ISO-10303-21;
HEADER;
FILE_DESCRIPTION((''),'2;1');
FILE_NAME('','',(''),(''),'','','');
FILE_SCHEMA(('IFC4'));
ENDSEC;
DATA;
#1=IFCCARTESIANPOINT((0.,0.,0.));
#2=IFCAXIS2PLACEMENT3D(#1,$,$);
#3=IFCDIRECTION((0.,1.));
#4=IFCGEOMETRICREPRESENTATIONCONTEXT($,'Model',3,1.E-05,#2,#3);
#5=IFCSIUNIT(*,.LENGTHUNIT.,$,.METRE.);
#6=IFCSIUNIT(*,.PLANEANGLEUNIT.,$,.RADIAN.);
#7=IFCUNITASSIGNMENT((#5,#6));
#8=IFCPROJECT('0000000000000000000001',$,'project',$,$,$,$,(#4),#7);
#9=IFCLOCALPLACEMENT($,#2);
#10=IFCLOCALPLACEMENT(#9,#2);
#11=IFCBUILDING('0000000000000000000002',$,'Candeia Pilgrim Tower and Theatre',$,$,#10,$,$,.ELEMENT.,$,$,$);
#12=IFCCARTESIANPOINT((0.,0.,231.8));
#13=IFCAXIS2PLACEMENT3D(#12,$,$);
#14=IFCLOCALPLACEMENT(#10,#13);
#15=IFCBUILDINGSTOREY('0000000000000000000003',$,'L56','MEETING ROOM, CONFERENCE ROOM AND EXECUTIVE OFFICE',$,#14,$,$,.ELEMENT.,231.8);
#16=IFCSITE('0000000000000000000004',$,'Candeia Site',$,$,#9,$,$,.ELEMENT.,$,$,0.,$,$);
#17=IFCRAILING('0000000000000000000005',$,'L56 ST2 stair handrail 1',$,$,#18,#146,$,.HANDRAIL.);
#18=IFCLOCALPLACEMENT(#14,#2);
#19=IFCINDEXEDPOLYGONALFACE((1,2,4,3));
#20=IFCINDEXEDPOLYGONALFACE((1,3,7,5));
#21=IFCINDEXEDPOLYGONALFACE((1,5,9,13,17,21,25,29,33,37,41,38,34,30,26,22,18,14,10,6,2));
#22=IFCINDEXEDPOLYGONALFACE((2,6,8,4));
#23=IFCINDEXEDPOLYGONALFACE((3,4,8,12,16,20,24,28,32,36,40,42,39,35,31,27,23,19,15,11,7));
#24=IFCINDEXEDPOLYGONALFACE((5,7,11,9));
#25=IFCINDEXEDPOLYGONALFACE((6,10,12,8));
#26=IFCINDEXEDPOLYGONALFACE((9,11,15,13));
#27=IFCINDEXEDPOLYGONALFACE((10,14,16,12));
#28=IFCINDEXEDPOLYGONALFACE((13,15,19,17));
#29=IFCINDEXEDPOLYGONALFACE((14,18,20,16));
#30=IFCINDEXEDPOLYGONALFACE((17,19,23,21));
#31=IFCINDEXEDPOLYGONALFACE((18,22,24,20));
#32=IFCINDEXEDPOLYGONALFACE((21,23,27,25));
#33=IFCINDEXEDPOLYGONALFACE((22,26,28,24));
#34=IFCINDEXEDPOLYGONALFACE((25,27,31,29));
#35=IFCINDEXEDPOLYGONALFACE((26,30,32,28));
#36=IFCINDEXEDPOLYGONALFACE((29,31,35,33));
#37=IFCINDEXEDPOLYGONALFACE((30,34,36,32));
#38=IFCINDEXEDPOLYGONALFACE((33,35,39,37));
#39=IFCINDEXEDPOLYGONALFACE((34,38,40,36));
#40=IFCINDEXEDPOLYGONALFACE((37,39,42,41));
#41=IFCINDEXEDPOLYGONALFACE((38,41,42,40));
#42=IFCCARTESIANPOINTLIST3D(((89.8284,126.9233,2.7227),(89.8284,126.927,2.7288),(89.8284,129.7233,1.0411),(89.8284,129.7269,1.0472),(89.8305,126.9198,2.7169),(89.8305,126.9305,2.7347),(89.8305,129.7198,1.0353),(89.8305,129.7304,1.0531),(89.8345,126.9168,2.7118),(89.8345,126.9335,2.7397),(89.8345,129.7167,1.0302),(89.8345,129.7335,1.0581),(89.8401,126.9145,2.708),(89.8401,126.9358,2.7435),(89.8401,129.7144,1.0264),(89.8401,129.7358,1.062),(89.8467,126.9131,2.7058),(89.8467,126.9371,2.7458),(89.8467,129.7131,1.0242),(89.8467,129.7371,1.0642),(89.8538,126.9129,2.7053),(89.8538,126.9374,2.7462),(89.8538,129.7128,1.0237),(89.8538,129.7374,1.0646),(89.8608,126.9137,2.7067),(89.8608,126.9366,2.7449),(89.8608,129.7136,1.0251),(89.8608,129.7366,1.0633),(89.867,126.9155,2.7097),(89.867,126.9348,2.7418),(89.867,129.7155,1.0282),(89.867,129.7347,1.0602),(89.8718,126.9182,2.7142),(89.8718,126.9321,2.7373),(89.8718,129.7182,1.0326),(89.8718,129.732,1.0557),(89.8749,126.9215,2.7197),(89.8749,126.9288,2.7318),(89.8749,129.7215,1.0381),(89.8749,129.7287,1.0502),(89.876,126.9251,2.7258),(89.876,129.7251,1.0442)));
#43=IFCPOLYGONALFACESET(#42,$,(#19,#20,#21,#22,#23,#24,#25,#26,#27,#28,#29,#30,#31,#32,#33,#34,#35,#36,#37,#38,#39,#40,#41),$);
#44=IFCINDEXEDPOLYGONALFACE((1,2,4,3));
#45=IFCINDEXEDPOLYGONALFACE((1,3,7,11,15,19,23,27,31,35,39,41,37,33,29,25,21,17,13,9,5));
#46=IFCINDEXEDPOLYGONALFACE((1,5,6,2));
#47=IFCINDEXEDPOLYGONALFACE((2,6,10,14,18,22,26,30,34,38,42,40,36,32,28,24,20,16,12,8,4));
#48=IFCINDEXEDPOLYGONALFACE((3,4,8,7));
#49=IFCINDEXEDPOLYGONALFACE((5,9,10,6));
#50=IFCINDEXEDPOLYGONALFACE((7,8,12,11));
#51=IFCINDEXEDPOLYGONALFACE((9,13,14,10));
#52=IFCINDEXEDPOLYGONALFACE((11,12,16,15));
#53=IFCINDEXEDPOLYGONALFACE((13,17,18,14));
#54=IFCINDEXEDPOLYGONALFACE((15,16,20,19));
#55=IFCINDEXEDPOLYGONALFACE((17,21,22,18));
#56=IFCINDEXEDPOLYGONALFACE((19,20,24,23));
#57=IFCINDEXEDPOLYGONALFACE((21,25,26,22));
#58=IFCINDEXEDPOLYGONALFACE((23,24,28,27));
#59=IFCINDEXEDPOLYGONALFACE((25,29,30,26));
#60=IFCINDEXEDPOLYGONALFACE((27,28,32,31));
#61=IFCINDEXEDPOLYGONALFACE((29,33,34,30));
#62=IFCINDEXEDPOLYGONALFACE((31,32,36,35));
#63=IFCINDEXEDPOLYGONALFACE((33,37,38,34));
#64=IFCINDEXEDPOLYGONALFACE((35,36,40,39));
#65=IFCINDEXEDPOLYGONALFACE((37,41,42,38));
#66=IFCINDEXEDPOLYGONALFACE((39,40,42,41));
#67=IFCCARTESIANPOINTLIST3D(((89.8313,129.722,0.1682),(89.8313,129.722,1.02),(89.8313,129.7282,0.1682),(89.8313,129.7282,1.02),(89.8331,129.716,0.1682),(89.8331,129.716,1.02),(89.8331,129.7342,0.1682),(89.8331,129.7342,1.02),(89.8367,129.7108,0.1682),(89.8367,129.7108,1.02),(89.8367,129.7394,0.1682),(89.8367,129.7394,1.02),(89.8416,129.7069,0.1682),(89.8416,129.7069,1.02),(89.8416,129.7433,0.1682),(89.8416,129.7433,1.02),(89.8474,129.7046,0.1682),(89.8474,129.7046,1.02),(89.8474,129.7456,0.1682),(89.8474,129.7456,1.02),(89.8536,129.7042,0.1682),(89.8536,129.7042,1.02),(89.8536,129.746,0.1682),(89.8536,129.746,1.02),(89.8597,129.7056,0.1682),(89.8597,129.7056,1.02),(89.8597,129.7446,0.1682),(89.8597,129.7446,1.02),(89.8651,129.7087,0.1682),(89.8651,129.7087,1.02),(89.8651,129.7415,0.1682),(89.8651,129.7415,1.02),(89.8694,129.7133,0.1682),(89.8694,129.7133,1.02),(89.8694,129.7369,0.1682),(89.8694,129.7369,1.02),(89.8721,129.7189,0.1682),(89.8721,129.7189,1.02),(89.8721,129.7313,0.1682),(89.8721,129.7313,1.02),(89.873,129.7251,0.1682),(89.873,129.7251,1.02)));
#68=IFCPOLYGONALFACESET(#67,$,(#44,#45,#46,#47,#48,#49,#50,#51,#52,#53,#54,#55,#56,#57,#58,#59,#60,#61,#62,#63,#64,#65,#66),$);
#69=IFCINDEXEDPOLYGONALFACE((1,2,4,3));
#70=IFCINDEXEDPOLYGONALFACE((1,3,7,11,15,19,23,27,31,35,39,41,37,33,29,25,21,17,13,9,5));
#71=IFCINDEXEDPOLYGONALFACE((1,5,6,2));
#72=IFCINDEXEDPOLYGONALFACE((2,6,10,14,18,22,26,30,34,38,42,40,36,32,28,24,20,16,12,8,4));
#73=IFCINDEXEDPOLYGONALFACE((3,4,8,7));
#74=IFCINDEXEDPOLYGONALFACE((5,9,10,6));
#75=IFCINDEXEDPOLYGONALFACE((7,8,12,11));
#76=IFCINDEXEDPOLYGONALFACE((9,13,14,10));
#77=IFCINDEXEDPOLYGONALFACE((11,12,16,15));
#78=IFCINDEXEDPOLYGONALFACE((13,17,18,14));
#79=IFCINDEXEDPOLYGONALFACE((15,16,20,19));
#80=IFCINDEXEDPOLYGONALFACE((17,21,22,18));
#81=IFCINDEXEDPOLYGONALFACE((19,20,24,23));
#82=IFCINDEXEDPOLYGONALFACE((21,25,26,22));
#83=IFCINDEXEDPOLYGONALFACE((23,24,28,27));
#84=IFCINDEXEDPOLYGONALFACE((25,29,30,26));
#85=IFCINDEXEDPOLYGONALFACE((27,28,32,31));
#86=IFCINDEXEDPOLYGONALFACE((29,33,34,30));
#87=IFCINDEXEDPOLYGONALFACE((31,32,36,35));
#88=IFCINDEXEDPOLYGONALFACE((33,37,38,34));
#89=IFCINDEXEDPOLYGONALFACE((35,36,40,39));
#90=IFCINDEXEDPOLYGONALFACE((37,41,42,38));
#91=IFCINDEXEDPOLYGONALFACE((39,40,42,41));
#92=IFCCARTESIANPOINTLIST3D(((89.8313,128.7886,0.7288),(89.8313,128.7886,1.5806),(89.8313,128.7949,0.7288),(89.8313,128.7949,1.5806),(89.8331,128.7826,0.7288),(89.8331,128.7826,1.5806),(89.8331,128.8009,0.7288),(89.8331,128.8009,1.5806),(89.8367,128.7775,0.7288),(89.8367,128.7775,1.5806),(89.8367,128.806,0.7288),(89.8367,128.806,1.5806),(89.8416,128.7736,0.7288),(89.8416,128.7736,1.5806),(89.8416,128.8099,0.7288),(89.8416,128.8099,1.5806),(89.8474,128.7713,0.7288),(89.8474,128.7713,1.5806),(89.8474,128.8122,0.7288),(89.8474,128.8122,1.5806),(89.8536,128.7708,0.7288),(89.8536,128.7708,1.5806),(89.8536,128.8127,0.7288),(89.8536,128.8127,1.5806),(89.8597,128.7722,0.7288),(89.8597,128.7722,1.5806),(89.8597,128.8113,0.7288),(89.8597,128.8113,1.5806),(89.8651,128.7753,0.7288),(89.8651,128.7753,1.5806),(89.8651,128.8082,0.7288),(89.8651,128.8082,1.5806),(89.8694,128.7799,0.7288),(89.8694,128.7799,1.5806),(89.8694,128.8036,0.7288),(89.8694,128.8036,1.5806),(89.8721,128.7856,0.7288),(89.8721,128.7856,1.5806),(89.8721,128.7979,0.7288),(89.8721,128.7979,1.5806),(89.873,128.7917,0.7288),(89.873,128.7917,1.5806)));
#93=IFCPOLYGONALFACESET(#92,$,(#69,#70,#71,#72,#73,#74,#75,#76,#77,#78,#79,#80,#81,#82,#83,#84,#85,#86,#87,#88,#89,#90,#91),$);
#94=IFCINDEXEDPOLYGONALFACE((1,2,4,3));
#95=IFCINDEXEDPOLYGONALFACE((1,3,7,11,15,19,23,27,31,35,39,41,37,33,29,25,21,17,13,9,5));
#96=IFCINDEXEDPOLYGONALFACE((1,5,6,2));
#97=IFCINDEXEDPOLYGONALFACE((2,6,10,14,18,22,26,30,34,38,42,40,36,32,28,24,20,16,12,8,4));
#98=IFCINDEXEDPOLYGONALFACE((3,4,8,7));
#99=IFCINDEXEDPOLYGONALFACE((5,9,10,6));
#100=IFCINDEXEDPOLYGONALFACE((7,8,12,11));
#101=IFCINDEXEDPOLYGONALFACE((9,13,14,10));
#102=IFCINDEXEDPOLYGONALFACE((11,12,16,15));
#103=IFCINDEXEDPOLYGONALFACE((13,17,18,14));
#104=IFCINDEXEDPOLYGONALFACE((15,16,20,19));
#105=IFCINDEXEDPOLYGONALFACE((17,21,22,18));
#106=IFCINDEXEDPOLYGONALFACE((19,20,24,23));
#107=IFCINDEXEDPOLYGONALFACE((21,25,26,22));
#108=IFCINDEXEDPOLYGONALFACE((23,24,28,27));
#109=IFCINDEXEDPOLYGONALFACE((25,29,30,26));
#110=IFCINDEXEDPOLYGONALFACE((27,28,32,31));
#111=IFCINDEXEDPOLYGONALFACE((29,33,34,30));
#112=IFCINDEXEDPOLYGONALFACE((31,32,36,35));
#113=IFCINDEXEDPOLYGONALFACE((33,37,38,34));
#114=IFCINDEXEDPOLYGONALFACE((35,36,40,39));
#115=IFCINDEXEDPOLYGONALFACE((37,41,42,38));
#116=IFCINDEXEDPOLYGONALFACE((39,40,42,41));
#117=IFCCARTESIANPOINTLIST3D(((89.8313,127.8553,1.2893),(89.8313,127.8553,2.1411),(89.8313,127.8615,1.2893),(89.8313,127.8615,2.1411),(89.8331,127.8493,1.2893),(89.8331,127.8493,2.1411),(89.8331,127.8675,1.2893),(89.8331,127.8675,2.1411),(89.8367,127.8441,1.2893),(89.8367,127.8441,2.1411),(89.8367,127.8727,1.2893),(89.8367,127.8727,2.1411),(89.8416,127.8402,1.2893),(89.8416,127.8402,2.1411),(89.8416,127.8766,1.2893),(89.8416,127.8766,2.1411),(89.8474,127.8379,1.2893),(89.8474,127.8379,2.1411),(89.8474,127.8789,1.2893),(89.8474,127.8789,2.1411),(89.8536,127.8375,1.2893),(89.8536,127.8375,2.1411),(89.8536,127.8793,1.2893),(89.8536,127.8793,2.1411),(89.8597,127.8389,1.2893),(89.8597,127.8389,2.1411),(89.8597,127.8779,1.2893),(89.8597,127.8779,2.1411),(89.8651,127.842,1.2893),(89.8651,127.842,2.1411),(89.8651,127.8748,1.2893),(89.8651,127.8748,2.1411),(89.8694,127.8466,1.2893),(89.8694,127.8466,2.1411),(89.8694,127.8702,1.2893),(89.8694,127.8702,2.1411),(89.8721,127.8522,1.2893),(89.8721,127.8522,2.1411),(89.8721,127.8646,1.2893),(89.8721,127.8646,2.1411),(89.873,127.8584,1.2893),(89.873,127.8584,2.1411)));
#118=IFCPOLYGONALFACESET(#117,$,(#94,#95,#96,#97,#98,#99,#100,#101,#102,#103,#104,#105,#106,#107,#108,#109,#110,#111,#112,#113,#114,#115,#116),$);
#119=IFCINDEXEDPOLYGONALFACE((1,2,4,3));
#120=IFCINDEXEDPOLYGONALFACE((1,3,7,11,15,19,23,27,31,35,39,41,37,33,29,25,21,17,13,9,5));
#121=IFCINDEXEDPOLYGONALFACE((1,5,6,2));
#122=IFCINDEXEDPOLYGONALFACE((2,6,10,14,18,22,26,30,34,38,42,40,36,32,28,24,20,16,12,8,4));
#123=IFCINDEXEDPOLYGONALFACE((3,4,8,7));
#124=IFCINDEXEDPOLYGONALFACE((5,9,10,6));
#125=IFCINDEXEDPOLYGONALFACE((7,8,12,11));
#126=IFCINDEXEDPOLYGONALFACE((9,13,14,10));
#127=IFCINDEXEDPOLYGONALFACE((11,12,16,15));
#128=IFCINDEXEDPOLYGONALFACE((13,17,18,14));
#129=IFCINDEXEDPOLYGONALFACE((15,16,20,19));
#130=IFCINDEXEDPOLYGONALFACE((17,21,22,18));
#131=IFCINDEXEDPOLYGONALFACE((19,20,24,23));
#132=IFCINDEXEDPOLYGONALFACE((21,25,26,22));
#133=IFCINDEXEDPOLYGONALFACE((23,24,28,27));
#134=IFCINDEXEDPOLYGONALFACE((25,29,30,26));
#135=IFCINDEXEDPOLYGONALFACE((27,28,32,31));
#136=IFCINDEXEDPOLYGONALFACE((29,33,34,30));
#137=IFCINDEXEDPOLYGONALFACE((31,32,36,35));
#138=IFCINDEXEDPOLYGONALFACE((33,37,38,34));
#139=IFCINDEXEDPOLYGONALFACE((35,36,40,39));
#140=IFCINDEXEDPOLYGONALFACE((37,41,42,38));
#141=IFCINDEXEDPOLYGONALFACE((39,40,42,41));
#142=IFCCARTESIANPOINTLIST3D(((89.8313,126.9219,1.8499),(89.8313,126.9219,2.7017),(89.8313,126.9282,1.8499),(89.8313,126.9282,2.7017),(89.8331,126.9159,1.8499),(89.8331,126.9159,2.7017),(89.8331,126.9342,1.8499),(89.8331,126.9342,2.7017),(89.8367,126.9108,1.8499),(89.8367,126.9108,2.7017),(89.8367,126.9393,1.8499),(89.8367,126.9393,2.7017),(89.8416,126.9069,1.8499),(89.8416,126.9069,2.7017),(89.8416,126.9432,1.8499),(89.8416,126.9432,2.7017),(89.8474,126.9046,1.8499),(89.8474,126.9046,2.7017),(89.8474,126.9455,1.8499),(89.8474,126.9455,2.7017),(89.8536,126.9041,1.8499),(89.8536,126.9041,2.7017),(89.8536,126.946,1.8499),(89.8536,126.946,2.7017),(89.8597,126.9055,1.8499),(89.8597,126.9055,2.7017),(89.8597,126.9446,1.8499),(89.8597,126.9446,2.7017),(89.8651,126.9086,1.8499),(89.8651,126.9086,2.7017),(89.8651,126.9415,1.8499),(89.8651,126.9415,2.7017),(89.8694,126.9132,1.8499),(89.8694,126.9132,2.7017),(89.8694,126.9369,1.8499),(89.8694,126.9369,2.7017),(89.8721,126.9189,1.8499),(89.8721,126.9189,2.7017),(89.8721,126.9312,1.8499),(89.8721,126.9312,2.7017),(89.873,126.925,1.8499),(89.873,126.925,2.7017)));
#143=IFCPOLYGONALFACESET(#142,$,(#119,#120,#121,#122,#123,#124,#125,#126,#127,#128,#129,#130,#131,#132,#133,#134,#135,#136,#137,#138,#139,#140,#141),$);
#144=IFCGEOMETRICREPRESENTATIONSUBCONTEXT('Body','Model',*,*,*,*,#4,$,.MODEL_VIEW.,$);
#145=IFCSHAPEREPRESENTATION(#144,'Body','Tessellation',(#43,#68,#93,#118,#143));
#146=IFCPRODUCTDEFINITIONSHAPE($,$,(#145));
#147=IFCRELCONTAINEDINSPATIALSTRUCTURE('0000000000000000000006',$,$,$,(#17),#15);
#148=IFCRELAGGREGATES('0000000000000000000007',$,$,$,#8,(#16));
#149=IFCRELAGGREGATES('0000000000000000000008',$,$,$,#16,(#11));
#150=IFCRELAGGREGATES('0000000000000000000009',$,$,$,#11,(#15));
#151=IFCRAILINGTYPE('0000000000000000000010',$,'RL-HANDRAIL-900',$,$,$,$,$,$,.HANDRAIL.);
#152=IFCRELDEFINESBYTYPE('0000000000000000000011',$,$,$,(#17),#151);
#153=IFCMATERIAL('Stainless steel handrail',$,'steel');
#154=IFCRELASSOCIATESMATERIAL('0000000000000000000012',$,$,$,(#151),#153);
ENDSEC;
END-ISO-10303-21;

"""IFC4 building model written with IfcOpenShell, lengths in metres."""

from ifc_helpers import new_model, si_unit, direction, frame, origin, origin_2d, place, context, subcontext, project, spatial, circle, extrude, material, type_object, element, save


model = new_model("IFC4")

# Units and contexts
model_context = context("Model", 3, precision=1e-05, world=origin(), true_north=direction((0.0, 1.0)))
body_context = subcontext(model_context, "Body", "Model", "MODEL_VIEW")
ifc_project = project(units=[si_unit("LENGTHUNIT", "METRE"), si_unit("PLANEANGLEUNIT", "RADIAN")], contexts=[model_context])

# Site, building, storey
site_placement = place(None, origin())
site = spatial("IfcSite", under=ifc_project, at=site_placement, Name="Candeia Site", CompositionType="ELEMENT", RefElevation=0.0)
building_placement = place(site_placement, origin())
building = spatial("IfcBuilding", under=site, at=building_placement, Name="Candeia Pilgrim Tower and Theatre", CompositionType="ELEMENT")
storey_placement = place(building_placement, frame((0.0, 0.0, 231.8)))
storey = spatial("IfcBuildingStorey", under=building, at=storey_placement, Name="L56", Description="MEETING ROOM, CONFERENCE ROOM AND EXECUTIVE OFFICE", CompositionType="ELEMENT", Elevation=231.8)

# Railing
ifc_material_1 = material(Name="Stainless steel handrail", Category="steel")
railing_type_1 = type_object("IfcRailingType", Name="RL-HANDRAIL-900", PredefinedType="HANDRAIL", material=ifc_material_1)
for number, where, name in (
    (1, (89.8521, 129.7251, 0.1682), "L56 ST2 stair handrail 1"),
):
    element("IfcRailing", number, at=place(storey_placement, frame(where)), inside=storey, type_object=railing_type_1, Name=name, PredefinedType="HANDRAIL", context=body_context, shape_type="SweptSolid", body=[
        extrude(circle(Radius=0.0239, at=origin_2d()), frame((0.0, 0.0, 0.876), z_axis=(0.0, -0.857275, 0.514858), x_axis=(1.0, 0.0, 0.0)), (0.0, 0.0, 1.0), 3.2661),
        extrude(circle(Radius=0.021, at=origin_2d()), origin(), (0.0, 0.0, 1.0), 0.8518),
        extrude(circle(Radius=0.021, at=origin_2d()), frame((0.0, -0.9333, 0.5605)), (0.0, 0.0, 1.0), 0.8518),
        extrude(circle(Radius=0.021, at=origin_2d()), frame((0.0, -1.8667, 1.1211)), (0.0, 0.0, 1.0), 0.8518),
        extrude(circle(Radius=0.021, at=origin_2d()), frame((0.0, -2.8, 1.6816)), (0.0, 0.0, 1.0), 0.8518),
    ])

save(model, "model.ifc")
